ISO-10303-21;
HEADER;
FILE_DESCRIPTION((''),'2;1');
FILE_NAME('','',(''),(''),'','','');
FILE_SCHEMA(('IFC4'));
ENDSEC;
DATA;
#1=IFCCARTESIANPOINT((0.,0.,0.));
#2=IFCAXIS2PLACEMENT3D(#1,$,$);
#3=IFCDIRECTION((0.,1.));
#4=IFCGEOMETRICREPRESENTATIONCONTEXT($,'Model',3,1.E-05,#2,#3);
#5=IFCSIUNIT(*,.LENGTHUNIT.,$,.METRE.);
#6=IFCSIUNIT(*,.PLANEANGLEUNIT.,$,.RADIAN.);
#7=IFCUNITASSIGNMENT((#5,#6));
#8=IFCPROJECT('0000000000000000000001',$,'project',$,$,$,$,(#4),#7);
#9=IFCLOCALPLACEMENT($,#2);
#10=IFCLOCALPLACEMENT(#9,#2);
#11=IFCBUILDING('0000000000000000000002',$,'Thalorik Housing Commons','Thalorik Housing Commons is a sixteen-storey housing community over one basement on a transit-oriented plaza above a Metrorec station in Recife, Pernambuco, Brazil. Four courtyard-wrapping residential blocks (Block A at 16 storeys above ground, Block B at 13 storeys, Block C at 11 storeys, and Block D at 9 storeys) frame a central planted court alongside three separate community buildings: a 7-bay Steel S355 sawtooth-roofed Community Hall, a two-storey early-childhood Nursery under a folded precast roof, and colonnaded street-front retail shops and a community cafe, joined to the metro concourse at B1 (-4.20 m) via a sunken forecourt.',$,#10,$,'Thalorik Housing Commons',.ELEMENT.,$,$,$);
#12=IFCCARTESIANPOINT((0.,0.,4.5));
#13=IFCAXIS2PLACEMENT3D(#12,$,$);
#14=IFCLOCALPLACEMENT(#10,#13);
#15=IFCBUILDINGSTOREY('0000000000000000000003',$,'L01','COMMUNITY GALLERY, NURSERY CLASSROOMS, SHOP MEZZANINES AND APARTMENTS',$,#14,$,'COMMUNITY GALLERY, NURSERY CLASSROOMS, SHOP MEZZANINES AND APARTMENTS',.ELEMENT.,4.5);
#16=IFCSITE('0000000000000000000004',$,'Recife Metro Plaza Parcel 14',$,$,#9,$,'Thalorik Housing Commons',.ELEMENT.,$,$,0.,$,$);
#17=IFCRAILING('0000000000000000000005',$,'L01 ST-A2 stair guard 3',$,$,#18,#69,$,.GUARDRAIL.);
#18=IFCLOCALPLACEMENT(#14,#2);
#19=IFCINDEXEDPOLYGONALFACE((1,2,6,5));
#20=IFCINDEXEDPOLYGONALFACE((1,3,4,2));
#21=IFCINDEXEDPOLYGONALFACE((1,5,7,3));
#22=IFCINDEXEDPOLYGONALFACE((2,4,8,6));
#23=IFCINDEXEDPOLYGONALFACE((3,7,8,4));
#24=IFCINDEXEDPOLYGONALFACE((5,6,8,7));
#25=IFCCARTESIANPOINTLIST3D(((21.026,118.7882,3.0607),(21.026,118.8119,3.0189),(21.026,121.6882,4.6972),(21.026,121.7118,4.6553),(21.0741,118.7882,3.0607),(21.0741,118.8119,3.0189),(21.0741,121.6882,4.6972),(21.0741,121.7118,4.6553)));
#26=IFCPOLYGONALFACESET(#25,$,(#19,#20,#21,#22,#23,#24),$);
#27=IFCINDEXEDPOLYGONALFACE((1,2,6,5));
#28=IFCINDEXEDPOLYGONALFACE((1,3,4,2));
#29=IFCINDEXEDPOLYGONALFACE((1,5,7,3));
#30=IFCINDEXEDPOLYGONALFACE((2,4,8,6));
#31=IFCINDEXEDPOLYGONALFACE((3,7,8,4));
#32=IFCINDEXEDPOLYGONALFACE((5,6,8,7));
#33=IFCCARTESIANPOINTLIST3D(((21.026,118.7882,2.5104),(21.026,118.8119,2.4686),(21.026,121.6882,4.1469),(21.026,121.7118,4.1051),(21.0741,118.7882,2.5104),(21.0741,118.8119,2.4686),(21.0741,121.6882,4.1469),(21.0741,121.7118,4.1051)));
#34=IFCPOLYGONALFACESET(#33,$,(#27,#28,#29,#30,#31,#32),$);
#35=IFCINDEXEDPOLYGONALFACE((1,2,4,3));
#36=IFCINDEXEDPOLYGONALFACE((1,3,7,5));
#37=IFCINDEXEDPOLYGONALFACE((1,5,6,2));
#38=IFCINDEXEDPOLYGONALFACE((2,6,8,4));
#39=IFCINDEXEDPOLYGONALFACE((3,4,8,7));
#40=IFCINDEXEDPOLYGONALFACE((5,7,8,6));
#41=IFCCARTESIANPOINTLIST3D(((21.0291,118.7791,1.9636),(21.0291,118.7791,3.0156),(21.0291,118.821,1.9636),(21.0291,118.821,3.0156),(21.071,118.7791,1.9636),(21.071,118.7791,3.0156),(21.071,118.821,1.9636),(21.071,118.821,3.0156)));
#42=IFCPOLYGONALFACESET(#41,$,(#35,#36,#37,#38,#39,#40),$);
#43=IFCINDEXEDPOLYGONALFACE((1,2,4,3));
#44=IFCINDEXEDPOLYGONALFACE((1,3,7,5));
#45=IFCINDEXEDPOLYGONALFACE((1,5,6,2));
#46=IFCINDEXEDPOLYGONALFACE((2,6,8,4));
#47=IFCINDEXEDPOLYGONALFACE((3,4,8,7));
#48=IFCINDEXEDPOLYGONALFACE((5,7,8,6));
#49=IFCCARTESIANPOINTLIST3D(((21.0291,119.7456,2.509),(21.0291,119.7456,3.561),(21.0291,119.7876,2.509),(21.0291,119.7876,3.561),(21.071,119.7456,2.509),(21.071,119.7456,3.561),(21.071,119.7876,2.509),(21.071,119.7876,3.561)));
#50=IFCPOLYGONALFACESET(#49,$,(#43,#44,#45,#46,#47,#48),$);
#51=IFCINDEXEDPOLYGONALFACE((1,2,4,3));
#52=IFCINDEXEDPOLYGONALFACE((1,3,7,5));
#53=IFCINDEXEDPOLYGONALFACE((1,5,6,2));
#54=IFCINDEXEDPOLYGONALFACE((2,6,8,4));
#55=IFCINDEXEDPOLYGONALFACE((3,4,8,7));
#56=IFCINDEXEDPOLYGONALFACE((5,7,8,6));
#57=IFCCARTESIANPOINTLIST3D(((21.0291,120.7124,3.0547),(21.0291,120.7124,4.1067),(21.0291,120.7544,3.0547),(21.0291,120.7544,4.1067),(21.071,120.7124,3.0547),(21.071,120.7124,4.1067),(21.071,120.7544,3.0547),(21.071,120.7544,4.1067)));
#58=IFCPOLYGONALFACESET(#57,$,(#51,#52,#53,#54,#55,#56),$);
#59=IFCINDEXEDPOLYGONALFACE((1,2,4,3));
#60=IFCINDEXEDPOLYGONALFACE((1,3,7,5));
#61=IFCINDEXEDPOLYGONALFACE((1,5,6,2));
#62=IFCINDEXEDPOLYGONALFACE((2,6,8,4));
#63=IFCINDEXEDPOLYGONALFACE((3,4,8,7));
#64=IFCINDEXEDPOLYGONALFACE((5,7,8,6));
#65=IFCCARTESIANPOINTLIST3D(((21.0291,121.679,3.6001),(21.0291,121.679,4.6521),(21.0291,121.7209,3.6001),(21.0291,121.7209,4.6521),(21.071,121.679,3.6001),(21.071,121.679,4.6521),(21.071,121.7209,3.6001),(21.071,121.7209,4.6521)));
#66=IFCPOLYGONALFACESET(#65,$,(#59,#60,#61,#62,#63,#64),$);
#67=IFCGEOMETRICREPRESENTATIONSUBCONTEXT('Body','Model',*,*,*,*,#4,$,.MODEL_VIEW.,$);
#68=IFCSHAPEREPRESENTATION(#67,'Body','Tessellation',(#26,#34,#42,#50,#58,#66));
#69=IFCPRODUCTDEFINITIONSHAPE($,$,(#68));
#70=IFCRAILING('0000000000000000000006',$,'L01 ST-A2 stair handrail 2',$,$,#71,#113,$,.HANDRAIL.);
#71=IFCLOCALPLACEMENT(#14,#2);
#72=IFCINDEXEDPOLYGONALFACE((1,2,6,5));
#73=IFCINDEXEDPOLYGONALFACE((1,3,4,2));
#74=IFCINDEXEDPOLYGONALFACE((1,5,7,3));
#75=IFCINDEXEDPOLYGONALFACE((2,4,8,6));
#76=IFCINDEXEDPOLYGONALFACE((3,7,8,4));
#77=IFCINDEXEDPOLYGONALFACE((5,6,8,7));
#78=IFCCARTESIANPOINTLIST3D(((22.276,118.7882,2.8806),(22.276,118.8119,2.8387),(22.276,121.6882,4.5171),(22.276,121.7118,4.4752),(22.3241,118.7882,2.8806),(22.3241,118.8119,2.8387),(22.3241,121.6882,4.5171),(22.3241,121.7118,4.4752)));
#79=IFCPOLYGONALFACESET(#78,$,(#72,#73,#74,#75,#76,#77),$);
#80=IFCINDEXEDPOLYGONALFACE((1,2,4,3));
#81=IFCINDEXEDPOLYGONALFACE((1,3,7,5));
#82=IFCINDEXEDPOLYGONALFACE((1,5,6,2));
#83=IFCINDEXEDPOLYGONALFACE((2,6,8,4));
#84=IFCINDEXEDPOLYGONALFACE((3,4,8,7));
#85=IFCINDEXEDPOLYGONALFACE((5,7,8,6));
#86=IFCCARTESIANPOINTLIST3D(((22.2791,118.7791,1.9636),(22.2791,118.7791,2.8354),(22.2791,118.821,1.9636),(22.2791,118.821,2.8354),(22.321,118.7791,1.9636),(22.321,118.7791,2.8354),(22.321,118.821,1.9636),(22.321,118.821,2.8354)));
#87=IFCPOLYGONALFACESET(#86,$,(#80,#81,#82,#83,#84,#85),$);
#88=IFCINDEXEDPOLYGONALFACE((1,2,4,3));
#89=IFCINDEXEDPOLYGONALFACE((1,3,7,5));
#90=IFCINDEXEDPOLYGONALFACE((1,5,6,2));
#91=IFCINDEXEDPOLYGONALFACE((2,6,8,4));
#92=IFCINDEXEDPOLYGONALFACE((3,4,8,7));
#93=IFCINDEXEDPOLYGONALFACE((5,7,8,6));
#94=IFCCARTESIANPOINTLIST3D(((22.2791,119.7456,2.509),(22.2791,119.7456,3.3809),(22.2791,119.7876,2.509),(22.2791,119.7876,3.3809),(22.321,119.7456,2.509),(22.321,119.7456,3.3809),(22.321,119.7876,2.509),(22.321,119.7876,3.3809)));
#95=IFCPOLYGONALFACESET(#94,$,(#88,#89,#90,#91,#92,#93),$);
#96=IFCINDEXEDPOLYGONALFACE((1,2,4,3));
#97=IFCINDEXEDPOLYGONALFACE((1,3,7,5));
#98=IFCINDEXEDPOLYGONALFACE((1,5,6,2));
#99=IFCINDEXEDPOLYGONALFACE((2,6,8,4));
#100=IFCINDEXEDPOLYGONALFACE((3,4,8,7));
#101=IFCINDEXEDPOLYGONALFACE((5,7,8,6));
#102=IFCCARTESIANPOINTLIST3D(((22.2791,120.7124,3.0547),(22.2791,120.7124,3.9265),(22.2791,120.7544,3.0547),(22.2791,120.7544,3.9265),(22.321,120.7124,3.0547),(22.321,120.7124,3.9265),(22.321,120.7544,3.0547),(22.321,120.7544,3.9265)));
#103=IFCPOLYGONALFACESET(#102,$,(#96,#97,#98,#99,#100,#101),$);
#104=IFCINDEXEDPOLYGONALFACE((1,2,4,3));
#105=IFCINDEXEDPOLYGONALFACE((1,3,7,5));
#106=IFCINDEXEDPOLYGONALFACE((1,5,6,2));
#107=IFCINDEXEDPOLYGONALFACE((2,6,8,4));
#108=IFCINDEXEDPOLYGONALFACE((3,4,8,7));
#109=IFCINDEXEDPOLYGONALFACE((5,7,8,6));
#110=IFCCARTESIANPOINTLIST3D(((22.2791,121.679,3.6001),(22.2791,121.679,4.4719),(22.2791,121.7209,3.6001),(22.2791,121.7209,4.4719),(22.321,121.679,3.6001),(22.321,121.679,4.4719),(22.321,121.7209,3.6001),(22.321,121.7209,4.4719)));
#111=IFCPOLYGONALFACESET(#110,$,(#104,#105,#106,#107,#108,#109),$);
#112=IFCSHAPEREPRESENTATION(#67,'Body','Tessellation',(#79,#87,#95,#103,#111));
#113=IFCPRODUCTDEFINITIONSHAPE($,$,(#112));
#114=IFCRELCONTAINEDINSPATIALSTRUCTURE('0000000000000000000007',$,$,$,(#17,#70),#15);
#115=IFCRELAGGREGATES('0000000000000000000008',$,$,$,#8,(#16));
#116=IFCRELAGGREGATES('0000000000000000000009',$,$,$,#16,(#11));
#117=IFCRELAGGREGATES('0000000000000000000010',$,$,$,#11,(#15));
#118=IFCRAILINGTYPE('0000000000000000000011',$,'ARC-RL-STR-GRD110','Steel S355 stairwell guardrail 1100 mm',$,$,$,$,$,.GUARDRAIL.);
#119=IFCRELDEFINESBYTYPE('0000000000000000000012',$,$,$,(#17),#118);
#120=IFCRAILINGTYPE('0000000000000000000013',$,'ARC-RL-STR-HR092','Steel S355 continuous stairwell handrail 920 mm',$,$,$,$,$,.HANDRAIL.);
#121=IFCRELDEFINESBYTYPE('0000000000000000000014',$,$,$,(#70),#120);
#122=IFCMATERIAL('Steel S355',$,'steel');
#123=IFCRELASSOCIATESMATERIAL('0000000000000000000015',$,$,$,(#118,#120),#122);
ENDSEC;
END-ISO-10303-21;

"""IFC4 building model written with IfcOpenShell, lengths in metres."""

from ifc_helpers import new_model, si_unit, direction, frame, origin, origin_2d, place, context, subcontext, project, spatial, rectangle, extrude, material, type_object, element, save


model = new_model("IFC4")

# Units and contexts
model_context = context("Model", 3, precision=1e-05, world=origin(), true_north=direction((0.0, 1.0)))
body_context = subcontext(model_context, "Body", "Model", "MODEL_VIEW")
ifc_project = project(units=[si_unit("LENGTHUNIT", "METRE"), si_unit("PLANEANGLEUNIT", "RADIAN")], contexts=[model_context])

# Site, building, storey
site_placement = place(None, origin())
site = spatial("IfcSite", under=ifc_project, at=site_placement, Name="Recife Metro Plaza Parcel 14", LongName="Thalorik Housing Commons", CompositionType="ELEMENT", RefElevation=0.0)
building_placement = place(site_placement, origin())
building = spatial("IfcBuilding", under=site, at=building_placement, Name="Thalorik Housing Commons", Description="Thalorik Housing Commons is a sixteen-storey housing community over one basement on a transit-oriented plaza above a Metrorec station in Recife, Pernambuco, Brazil. Four courtyard-wrapping residential blocks (Block A at 16 storeys above ground, Block B at 13 storeys, Block C at 11 storeys, and Block D at 9 storeys) frame a central planted court alongside three separate community buildings: a 7-bay Steel S355 sawtooth-roofed Community Hall, a two-storey early-childhood Nursery under a folded precast roof, and colonnaded street-front retail shops and a community cafe, joined to the metro concourse at B1 (-4.20 m) via a sunken forecourt.", LongName="Thalorik Housing Commons", CompositionType="ELEMENT")
storey_placement = place(building_placement, frame((0.0, 0.0, 4.5)))
storey = spatial("IfcBuildingStorey", under=building, at=storey_placement, Name="L01", Description="COMMUNITY GALLERY, NURSERY CLASSROOMS, SHOP MEZZANINES AND APARTMENTS", LongName="COMMUNITY GALLERY, NURSERY CLASSROOMS, SHOP MEZZANINES AND APARTMENTS", CompositionType="ELEMENT", Elevation=4.5)

# Shared definitions
ifc_material_1 = material(Name="Steel S355", Category="steel")

# Railings
railing_type_1 = type_object("IfcRailingType", Name="ARC-RL-STR-GRD110", Description="Steel S355 stairwell guardrail 1100 mm", PredefinedType="GUARDRAIL", material=ifc_material_1)
railing_1_placement = place(storey_placement, frame((21.05, 118.8, 1.9636)))
element("IfcRailing", 1, at=railing_1_placement, inside=storey, type_object=railing_type_1, Name="L01 ST-A2 stair guard 3", PredefinedType="GUARDRAIL", context=body_context, shape_type="SweptSolid", body=[
    extrude(rectangle(XDim=0.0481, YDim=0.0481, at=origin_2d()), frame((0.0, 0.0, 1.0762), z_axis=(0.0, 0.870897, 0.491465), x_axis=(-1.0, 0.0, 0.0)), (0.0, 0.0, 1.0), 3.3298),
    extrude(rectangle(XDim=0.0481, YDim=0.0481, at=origin_2d()), frame((0.0, 0.0, 0.5259), z_axis=(0.0, 0.870897, 0.491465), x_axis=(-1.0, 0.0, 0.0)), (0.0, 0.0, 1.0), 3.3298),
    extrude(rectangle(XDim=0.042, YDim=0.042, at=origin_2d()), origin(), (0.0, 0.0, 1.0), 1.052),
    extrude(rectangle(XDim=0.042, YDim=0.042, at=origin_2d()), frame((0.0, 0.9666, 0.5454)), (0.0, 0.0, 1.0), 1.052),
    extrude(rectangle(XDim=0.042, YDim=0.042, at=origin_2d()), frame((0.0, 1.9333, 1.0911)), (0.0, 0.0, 1.0), 1.052),
    extrude(rectangle(XDim=0.042, YDim=0.042, at=origin_2d()), frame((0.0, 2.8999, 1.6365)), (0.0, 0.0, 1.0), 1.052),
])
railing_type_2 = type_object("IfcRailingType", Name="ARC-RL-STR-HR092", Description="Steel S355 continuous stairwell handrail 920 mm", PredefinedType="HANDRAIL", material=ifc_material_1)
railing_2_placement = place(storey_placement, frame((22.3, 118.8, 1.9636)))
element("IfcRailing", 2, at=railing_2_placement, inside=storey, type_object=railing_type_2, Name="L01 ST-A2 stair handrail 2", PredefinedType="HANDRAIL", context=body_context, shape_type="SweptSolid", body=[
    extrude(rectangle(XDim=0.0481, YDim=0.0481, at=origin_2d()), frame((0.0, 0.0, 0.896), z_axis=(0.0, 0.870897, 0.491465), x_axis=(-1.0, 0.0, 0.0)), (0.0, 0.0, 1.0), 3.3298),
    extrude(rectangle(XDim=0.042, YDim=0.042, at=origin_2d()), origin(), (0.0, 0.0, 1.0), 0.8718),
    extrude(rectangle(XDim=0.042, YDim=0.042, at=origin_2d()), frame((0.0, 0.9666, 0.5454)), (0.0, 0.0, 1.0), 0.8718),
    extrude(rectangle(XDim=0.042, YDim=0.042, at=origin_2d()), frame((0.0, 1.9333, 1.0911)), (0.0, 0.0, 1.0), 0.8718),
    extrude(rectangle(XDim=0.042, YDim=0.042, at=origin_2d()), frame((0.0, 2.8999, 1.6365)), (0.0, 0.0, 1.0), 0.8718),
])

save(model, "model.ifc")
